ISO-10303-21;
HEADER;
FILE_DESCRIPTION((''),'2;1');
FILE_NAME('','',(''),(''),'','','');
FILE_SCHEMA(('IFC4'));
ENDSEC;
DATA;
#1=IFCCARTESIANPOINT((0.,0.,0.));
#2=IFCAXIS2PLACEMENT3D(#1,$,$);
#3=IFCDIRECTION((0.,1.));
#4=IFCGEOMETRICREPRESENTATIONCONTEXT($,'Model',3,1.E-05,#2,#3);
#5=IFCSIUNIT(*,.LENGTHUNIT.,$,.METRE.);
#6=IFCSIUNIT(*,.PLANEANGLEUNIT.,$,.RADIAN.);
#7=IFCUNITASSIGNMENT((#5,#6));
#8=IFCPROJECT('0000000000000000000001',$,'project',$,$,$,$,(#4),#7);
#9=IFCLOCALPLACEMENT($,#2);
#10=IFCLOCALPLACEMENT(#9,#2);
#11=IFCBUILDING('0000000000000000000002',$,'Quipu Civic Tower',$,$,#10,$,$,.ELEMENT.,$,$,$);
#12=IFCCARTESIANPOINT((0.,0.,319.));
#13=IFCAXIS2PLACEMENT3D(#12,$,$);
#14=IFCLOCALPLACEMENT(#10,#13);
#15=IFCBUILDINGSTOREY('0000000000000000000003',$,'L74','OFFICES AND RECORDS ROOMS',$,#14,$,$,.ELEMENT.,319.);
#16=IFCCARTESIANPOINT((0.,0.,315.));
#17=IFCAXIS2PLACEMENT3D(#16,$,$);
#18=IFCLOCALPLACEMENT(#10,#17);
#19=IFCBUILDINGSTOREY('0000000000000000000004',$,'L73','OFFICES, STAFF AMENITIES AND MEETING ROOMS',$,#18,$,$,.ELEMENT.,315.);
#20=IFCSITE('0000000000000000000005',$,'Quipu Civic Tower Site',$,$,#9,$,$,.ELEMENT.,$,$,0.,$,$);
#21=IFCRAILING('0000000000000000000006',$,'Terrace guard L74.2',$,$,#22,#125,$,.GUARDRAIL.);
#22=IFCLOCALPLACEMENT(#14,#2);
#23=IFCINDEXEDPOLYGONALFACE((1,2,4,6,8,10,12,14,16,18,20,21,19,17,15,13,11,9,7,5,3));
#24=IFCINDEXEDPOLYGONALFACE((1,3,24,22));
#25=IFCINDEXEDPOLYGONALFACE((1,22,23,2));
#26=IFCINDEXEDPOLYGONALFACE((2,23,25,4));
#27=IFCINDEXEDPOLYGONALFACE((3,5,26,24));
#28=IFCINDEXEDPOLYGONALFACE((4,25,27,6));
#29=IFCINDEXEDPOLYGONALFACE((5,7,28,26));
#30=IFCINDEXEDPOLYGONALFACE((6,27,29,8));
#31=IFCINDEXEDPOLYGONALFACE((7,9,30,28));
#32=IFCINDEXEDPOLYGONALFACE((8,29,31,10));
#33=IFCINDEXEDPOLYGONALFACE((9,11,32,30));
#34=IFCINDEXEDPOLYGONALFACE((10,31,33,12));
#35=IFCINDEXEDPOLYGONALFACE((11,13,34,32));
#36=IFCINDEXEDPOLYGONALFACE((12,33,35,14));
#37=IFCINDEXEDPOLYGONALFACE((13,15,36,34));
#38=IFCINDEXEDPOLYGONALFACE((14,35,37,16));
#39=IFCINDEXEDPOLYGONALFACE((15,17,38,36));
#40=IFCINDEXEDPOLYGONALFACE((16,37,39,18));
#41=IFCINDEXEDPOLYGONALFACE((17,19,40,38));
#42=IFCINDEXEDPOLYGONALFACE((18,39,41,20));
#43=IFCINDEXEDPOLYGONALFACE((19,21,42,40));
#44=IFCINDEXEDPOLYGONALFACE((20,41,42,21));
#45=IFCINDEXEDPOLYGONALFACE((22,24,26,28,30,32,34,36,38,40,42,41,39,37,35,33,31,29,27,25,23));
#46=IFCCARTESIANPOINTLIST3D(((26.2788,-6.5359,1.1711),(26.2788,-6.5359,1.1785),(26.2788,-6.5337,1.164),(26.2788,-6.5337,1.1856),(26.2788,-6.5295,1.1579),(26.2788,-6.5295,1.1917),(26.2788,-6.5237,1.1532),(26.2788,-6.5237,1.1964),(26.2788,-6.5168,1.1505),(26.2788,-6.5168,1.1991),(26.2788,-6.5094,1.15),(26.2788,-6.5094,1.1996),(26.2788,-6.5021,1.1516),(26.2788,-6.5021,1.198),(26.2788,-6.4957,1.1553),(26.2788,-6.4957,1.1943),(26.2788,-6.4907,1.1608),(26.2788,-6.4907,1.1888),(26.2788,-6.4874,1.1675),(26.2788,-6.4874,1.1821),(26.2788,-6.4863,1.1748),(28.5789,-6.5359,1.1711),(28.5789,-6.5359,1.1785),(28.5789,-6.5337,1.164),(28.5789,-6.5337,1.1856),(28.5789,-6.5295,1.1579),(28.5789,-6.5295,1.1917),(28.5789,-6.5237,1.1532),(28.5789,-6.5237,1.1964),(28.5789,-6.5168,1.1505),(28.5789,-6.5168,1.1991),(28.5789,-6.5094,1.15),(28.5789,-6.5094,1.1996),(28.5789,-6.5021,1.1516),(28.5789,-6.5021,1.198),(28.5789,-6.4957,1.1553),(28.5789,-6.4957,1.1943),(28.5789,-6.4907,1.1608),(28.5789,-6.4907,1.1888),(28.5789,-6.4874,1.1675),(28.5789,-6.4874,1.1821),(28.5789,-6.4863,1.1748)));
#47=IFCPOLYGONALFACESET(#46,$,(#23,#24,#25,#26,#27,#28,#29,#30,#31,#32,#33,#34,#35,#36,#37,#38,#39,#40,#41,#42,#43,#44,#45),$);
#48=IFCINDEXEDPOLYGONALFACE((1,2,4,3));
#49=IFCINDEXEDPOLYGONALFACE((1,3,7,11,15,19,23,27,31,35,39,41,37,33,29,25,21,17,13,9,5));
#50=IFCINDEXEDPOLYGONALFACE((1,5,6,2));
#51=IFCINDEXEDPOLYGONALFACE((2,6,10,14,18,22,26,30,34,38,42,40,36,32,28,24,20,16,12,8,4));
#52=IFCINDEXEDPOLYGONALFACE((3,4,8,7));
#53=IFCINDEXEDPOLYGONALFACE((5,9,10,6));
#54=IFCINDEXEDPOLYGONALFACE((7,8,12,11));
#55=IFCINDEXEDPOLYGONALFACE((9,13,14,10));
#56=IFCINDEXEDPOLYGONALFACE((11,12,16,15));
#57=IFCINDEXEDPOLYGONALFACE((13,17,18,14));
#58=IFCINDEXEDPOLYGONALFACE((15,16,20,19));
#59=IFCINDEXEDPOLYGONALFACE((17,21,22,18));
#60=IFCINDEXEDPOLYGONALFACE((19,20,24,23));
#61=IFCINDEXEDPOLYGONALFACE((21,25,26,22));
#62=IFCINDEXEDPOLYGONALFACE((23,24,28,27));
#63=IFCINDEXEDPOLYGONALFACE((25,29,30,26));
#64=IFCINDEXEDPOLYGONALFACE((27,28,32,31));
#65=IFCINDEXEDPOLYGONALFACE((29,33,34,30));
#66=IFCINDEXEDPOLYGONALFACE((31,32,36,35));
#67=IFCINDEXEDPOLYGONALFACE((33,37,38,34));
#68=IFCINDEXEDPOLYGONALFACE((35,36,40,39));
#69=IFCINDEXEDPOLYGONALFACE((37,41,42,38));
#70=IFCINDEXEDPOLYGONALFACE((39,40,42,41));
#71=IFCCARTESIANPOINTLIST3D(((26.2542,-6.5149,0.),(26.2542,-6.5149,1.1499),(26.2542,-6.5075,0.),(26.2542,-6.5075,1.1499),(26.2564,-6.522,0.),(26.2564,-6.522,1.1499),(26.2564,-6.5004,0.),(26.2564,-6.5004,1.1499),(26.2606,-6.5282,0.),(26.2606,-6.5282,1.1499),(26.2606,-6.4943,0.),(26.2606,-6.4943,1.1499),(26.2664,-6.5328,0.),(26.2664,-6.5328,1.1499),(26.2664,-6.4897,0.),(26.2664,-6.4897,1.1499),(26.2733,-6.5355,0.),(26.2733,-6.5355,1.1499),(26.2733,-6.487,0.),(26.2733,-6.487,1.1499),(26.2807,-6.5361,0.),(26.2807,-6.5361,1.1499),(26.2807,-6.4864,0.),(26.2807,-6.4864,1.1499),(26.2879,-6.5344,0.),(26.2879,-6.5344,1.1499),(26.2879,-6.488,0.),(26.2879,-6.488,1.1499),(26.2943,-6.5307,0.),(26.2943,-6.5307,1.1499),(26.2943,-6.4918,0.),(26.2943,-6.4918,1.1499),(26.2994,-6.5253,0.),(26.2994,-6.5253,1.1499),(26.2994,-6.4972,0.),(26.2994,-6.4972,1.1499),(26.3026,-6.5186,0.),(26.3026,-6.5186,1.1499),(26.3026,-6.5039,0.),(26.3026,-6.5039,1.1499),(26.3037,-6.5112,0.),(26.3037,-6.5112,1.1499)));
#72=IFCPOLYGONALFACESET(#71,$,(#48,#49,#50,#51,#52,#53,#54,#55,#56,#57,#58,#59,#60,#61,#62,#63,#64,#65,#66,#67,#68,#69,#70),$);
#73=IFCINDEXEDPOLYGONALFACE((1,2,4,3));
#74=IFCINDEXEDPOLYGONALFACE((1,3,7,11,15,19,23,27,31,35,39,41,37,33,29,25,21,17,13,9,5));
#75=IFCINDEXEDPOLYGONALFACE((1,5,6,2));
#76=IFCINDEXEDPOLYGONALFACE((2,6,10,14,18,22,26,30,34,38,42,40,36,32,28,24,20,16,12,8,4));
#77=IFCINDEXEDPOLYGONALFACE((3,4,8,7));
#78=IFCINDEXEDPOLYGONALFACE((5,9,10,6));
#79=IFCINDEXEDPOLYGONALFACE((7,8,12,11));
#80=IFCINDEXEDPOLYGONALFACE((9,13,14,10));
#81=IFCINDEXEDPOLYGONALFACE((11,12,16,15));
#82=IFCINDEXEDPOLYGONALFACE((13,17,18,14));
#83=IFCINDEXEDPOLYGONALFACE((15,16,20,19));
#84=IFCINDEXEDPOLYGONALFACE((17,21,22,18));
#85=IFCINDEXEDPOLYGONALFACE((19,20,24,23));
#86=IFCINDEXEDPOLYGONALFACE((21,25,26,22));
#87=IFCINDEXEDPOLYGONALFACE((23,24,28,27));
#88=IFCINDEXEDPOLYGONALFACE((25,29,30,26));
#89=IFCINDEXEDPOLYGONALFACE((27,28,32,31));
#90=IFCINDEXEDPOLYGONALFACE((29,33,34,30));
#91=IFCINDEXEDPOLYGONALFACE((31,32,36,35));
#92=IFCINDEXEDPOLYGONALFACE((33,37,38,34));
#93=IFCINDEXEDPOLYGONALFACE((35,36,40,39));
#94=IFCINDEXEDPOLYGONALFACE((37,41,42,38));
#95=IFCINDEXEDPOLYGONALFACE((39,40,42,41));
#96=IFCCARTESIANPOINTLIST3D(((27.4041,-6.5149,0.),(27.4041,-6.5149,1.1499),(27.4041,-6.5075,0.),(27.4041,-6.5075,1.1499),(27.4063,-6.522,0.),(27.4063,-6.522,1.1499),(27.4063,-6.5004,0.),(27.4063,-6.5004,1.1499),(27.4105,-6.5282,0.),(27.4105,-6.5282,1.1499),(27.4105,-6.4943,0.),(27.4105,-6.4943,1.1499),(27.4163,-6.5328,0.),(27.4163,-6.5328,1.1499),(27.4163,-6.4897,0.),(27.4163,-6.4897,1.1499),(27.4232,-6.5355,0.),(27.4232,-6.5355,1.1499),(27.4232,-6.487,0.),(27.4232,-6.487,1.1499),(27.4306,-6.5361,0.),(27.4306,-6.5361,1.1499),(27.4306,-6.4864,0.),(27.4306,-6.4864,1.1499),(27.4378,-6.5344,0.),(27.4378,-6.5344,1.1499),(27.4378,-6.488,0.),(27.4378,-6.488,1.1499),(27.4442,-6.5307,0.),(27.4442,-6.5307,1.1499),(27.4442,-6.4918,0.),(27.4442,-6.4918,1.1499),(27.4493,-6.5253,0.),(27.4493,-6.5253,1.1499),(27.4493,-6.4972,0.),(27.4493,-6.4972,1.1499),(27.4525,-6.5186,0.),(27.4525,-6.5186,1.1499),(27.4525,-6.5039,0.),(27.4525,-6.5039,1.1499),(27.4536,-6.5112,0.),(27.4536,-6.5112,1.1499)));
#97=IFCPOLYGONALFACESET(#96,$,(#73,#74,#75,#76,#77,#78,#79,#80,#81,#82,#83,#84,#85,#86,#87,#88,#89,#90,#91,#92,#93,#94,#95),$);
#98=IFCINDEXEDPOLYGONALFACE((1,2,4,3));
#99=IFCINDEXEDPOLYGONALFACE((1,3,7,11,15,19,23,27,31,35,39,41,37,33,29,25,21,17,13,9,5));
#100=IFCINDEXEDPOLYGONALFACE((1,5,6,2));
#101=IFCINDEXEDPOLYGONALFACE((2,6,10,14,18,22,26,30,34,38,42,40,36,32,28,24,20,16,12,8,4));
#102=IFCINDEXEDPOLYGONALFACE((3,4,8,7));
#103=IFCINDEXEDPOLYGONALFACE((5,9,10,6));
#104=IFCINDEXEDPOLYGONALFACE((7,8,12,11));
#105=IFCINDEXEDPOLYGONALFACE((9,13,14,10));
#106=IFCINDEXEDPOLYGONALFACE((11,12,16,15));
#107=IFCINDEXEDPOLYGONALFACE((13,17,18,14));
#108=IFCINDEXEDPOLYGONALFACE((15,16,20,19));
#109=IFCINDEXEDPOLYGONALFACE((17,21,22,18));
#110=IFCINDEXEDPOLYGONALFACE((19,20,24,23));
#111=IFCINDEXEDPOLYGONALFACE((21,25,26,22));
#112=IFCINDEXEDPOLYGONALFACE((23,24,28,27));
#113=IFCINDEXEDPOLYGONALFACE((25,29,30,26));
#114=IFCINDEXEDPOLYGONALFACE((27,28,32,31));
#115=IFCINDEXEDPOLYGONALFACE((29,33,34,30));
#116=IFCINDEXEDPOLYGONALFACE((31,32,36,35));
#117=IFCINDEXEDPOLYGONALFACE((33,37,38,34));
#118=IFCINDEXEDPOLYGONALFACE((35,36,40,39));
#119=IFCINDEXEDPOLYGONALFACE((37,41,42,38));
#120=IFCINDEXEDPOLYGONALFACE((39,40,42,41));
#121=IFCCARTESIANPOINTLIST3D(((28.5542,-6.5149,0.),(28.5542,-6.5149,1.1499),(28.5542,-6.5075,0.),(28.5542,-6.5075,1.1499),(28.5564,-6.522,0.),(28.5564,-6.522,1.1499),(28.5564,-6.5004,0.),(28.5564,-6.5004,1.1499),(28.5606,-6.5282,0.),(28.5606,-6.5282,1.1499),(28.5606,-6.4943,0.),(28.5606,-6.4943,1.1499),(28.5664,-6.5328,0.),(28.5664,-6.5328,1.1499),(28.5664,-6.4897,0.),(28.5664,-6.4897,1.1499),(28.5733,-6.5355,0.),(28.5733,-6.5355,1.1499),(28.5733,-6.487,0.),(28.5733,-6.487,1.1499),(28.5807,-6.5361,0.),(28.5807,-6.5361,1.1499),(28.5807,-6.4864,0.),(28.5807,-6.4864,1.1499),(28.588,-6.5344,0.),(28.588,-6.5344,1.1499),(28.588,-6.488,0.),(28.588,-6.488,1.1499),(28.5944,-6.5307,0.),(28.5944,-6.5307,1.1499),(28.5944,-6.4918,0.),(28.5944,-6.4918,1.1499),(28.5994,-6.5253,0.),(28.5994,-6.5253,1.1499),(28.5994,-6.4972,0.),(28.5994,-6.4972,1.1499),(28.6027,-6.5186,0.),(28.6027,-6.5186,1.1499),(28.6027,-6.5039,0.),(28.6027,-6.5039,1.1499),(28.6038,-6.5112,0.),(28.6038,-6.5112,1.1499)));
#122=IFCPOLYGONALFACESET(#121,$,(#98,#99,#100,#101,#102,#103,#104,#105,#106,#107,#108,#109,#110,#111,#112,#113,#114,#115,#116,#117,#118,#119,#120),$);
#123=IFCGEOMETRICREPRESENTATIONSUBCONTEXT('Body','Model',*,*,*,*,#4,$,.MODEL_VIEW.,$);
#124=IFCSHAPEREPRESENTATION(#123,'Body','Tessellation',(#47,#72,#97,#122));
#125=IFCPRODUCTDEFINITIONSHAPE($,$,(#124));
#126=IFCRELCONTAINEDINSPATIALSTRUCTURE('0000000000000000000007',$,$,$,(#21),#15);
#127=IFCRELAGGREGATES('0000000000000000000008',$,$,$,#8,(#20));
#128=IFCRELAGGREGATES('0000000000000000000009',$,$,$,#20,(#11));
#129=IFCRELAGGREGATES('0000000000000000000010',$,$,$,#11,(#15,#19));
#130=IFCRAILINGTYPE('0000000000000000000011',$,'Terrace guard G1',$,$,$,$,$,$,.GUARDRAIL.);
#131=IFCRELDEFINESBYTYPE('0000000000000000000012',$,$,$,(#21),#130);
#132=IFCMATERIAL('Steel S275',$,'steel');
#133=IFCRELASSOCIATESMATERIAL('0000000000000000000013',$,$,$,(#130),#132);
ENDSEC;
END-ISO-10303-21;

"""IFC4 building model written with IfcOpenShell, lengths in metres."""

from ifc_helpers import new_model, si_unit, direction, frame, origin, origin_2d, place, context, subcontext, project, spatial, circle, extrude, material, type_object, element, save


model = new_model("IFC4")

# Units and contexts
model_context = context("Model", 3, precision=1e-05, world=origin(), true_north=direction((0.0, 1.0)))
body_context = subcontext(model_context, "Body", "Model", "MODEL_VIEW")
ifc_project = project(units=[si_unit("LENGTHUNIT", "METRE"), si_unit("PLANEANGLEUNIT", "RADIAN")], contexts=[model_context])

# Site, building, storey
site_placement = place(None, origin())
site = spatial("IfcSite", under=ifc_project, at=site_placement, Name="Quipu Civic Tower Site", CompositionType="ELEMENT", RefElevation=0.0)
building_placement = place(site_placement, origin())
building = spatial("IfcBuilding", under=site, at=building_placement, Name="Quipu Civic Tower", CompositionType="ELEMENT")
storey_1_placement = place(building_placement, frame((0.0, 0.0, 319.0)))
storey_1 = spatial("IfcBuildingStorey", under=building, at=storey_1_placement, Name="L74", Description="OFFICES AND RECORDS ROOMS", CompositionType="ELEMENT", Elevation=319.0)

# Shared definitions
storey_2_placement = place(building_placement, frame((0.0, 0.0, 315.0)))
storey_2 = spatial("IfcBuildingStorey", under=building, at=storey_2_placement, Name="L73", Description="OFFICES, STAFF AMENITIES AND MEETING ROOMS", CompositionType="ELEMENT", Elevation=315.0)

# Railing
ifc_material_1 = material(Name="Steel S275", Category="steel")
railing_type = type_object("IfcRailingType", Name="Terrace guard G1", PredefinedType="GUARDRAIL", material=ifc_material_1)
railing_1_placement = place(storey_1_placement, frame((26.2788, -6.5112, 0.0)))
element("IfcRailing", 1, at=railing_1_placement, inside=storey_1, type_object=railing_type, Name="Terrace guard L74.2", PredefinedType="GUARDRAIL", context=body_context, shape_type="SweptSolid", body=[
    extrude(circle(Radius=0.0249, at=origin_2d()), frame((0.0, 0.0, 1.1748), z_axis=(1.0, 0.0, 0.0), x_axis=(0.0, 1.0, 0.0)), (0.0, 0.0, 1.0), 2.3),
    extrude(circle(Radius=0.0249, at=origin_2d()), origin(), (0.0, 0.0, 1.0), 1.1499),
    extrude(circle(Radius=0.0249, at=origin_2d()), frame((1.1499, 0.0, 0.0)), (0.0, 0.0, 1.0), 1.1499),
    extrude(circle(Radius=0.0249, at=origin_2d()), frame((2.3, 0.0, 0.0)), (0.0, 0.0, 1.0), 1.1499),
])

save(model, "model.ifc")
